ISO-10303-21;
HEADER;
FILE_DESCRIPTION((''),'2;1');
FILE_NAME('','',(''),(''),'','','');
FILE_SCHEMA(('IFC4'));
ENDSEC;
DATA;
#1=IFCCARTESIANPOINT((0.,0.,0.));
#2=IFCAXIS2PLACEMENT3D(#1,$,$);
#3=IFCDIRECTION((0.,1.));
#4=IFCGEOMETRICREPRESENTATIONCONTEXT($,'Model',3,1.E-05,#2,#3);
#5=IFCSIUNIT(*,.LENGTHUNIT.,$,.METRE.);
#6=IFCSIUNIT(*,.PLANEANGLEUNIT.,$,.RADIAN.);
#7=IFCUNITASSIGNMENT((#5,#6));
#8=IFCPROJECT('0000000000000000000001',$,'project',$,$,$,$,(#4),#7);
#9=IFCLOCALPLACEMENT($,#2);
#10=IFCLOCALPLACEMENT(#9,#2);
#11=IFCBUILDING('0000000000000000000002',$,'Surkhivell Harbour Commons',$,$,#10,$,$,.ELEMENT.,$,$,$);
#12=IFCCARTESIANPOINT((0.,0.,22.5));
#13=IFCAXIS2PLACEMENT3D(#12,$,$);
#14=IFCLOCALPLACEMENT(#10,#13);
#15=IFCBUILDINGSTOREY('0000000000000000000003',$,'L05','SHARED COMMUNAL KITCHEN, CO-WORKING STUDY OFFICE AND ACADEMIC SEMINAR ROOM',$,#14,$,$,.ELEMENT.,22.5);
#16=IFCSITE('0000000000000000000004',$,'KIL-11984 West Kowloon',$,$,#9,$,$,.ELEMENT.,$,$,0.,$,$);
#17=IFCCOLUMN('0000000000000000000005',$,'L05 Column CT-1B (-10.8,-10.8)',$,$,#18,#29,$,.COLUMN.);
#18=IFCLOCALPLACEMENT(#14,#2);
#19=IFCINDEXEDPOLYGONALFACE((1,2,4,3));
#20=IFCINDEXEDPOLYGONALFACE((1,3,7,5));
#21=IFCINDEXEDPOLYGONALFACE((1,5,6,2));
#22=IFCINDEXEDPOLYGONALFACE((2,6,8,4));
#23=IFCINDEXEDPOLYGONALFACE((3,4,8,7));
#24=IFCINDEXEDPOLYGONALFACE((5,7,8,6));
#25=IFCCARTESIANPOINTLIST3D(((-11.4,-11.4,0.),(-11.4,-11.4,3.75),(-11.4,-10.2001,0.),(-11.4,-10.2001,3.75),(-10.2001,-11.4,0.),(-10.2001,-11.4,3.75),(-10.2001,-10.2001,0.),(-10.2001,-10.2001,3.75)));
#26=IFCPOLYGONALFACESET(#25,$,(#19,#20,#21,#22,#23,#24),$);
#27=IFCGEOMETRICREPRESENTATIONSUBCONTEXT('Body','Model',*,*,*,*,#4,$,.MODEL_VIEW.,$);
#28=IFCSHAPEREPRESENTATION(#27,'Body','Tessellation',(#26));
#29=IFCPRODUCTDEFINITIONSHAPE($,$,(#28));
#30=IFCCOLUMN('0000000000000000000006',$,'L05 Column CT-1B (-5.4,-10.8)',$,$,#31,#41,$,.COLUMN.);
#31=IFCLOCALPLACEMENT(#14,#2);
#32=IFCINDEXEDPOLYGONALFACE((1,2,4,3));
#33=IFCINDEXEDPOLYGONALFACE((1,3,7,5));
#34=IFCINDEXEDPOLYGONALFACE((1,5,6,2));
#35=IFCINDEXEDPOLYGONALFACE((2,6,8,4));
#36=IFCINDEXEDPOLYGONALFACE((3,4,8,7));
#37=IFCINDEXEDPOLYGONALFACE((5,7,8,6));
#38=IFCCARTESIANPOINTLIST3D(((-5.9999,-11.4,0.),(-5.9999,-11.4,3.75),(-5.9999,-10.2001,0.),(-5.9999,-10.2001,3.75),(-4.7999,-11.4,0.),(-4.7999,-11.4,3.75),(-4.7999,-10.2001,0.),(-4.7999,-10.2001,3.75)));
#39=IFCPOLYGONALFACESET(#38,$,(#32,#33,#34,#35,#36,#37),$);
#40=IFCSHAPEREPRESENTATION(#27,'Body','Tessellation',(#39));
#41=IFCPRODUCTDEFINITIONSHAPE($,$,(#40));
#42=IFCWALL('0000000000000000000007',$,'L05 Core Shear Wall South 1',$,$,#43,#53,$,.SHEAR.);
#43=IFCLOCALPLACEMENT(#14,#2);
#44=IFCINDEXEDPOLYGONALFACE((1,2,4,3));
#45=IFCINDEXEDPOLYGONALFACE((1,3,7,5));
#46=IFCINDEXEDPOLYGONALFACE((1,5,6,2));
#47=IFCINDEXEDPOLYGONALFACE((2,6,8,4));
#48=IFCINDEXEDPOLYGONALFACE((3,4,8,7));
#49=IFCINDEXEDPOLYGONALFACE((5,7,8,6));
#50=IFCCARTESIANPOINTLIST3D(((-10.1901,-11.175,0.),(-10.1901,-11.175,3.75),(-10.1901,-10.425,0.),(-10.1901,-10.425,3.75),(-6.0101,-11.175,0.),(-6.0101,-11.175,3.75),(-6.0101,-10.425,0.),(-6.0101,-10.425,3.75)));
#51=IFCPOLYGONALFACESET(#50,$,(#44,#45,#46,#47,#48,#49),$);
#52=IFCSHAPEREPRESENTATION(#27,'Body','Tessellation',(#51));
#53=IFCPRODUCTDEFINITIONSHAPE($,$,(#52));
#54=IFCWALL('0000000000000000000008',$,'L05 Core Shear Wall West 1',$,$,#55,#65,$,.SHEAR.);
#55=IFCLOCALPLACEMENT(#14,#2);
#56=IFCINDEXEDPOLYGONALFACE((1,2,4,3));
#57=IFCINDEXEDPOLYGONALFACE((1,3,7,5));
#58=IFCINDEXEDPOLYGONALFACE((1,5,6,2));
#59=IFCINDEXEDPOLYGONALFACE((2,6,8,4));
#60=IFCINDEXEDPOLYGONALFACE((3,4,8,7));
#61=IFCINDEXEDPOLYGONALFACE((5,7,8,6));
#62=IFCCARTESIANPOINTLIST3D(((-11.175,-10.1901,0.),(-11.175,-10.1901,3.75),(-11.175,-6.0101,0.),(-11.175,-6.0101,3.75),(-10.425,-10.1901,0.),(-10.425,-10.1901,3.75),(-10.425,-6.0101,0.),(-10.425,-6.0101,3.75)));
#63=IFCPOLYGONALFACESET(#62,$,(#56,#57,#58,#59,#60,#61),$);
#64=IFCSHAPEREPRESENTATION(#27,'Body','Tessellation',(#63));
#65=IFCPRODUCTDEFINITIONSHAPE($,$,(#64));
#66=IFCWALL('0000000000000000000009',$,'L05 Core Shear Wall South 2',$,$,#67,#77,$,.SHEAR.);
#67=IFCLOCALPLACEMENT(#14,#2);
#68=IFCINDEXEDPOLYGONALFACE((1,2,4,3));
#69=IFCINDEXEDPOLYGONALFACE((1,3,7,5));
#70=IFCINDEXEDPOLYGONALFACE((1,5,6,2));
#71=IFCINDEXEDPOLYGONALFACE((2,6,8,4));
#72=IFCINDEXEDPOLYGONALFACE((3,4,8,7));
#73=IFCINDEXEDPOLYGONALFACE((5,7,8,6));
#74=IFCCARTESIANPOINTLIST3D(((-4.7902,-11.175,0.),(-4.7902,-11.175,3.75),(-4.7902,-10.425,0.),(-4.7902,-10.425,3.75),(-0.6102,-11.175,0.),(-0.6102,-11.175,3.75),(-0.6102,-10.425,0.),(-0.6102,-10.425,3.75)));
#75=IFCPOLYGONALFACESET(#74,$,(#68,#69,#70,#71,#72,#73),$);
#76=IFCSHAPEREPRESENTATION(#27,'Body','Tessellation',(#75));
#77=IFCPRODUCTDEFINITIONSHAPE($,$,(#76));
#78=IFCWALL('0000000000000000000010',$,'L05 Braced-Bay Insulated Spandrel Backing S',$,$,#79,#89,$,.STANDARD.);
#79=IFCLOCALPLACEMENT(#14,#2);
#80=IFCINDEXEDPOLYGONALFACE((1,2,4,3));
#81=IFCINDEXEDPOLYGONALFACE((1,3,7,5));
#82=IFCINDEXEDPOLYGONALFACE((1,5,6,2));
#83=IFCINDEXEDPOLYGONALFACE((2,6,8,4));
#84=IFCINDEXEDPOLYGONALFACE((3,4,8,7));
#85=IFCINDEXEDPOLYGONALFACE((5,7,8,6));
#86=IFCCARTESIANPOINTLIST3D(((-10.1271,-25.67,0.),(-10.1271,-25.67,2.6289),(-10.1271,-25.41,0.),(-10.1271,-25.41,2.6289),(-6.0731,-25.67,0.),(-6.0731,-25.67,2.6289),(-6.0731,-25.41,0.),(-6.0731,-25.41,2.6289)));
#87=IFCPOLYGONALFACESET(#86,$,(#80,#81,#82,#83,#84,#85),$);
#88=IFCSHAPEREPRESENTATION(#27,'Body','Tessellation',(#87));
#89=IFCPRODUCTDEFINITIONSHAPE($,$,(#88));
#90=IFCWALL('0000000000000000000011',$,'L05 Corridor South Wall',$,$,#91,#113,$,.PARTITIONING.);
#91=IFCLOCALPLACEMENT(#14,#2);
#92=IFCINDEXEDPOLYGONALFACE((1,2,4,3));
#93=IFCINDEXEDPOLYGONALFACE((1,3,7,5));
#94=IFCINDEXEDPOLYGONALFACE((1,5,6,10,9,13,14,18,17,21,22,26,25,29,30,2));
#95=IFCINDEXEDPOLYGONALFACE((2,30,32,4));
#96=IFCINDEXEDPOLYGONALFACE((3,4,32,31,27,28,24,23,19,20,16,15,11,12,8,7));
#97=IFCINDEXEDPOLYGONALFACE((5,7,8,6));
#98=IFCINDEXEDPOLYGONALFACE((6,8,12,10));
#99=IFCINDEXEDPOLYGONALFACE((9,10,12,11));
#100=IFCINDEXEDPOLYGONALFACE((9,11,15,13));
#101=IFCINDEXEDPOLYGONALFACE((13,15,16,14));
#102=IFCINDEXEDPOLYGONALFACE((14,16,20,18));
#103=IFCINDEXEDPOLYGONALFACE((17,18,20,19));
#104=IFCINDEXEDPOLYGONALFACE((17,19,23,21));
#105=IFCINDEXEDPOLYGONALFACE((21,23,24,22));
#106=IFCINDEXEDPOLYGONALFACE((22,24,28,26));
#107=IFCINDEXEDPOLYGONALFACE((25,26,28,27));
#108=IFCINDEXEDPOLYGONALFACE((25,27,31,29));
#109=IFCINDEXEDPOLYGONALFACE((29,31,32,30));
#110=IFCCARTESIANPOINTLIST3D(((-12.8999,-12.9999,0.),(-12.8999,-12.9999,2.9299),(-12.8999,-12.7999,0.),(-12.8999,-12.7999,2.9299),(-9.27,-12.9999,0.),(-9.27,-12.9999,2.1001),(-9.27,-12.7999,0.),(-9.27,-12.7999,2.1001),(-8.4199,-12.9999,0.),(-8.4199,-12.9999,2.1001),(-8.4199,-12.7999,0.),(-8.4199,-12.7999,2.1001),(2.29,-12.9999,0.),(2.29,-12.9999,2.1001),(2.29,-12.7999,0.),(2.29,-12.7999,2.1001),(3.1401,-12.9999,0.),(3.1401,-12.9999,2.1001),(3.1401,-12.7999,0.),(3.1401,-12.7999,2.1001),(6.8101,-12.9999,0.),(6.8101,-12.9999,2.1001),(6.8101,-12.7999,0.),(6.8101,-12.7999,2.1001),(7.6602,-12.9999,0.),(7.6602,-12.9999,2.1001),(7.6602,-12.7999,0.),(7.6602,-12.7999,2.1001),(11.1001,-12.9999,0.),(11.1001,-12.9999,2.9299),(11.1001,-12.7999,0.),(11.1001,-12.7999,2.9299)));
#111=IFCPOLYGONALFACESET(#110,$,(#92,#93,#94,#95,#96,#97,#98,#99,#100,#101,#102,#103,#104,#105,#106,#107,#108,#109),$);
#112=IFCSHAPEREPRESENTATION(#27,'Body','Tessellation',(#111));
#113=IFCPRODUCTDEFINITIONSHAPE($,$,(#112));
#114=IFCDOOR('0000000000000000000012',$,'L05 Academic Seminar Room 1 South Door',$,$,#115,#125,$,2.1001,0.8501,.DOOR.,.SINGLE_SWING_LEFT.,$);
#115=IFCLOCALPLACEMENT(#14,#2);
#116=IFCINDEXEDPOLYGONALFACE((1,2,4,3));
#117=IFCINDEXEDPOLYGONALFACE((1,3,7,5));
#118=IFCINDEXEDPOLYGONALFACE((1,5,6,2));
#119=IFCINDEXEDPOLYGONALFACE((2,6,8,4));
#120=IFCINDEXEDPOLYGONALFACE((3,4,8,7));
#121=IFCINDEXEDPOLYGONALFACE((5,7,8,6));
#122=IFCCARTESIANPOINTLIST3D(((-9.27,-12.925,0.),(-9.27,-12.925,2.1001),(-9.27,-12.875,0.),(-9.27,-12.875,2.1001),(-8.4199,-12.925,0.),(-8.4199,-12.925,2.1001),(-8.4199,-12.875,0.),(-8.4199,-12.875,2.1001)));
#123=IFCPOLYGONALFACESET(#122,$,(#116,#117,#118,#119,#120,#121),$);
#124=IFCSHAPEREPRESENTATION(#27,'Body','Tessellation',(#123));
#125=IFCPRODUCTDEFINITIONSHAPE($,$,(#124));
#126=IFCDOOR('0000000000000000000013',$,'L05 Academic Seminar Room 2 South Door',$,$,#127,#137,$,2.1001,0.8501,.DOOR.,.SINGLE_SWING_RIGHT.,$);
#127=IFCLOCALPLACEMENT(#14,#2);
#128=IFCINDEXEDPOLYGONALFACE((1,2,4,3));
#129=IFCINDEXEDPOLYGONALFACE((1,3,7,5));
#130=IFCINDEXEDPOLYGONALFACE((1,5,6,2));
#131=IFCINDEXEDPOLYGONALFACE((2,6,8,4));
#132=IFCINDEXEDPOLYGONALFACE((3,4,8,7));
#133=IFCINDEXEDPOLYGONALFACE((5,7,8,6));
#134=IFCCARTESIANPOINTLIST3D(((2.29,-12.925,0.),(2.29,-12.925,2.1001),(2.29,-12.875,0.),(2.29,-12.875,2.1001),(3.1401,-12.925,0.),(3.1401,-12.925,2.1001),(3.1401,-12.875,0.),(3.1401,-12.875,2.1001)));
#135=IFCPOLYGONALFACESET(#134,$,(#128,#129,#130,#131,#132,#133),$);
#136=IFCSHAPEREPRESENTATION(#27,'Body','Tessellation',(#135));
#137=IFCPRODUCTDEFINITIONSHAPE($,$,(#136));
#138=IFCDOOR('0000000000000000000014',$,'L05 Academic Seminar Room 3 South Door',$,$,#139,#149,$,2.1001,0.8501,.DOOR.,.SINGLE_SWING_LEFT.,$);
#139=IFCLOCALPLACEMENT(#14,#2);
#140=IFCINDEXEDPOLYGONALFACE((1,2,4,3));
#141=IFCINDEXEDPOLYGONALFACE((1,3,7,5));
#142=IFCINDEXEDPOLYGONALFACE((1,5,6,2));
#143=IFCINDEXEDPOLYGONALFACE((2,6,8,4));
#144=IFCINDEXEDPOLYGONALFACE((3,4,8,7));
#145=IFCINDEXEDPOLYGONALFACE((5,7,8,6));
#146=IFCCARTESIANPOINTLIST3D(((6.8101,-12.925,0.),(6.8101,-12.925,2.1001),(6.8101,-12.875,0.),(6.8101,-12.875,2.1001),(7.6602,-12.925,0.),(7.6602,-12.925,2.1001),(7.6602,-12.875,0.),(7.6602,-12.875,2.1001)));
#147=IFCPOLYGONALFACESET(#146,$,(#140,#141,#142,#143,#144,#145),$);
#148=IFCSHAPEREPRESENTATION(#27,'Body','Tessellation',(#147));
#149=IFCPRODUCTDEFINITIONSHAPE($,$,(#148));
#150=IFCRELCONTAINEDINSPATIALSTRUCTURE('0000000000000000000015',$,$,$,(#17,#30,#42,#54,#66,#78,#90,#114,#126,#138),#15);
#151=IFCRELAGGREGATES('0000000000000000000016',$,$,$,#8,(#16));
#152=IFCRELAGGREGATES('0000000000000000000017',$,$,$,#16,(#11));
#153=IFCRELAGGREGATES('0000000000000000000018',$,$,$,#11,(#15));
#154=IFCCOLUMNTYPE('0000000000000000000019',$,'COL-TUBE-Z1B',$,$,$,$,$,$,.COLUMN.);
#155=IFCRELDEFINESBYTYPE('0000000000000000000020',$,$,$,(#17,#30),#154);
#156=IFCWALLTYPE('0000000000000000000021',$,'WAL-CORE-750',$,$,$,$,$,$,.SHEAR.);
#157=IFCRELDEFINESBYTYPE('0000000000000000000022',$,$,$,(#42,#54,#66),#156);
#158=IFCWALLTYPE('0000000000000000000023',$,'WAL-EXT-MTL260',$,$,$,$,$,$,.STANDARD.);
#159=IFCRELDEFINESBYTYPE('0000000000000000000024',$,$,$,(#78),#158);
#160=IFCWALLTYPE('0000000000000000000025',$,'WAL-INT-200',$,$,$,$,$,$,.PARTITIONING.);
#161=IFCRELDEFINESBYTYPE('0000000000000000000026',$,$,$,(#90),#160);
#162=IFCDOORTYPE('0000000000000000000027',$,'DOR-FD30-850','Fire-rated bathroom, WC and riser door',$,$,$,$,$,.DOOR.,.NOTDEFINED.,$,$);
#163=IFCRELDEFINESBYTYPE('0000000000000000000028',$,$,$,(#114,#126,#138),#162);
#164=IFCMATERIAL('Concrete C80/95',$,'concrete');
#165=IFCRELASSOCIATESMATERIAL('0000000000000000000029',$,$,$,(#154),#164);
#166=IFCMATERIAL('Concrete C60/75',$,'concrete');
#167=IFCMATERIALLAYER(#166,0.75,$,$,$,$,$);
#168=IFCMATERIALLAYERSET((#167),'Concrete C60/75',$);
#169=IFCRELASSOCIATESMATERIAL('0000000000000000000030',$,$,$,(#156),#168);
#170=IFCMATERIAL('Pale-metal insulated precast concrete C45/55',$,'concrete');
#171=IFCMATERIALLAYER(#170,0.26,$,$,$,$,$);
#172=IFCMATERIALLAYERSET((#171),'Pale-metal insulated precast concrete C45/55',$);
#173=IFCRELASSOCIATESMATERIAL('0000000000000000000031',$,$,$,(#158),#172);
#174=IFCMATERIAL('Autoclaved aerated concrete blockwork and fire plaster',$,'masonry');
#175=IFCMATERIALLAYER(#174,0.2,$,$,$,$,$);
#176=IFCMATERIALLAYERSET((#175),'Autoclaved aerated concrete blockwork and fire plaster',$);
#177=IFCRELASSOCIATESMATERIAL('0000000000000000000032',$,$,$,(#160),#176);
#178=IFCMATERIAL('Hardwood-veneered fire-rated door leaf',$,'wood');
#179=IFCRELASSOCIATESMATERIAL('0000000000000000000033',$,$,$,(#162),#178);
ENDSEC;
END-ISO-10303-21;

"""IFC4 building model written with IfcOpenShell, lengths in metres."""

from ifc_helpers import new_model, si_unit, direction, frame, frame_2d, origin, origin_2d, place, context, subcontext, project, spatial, rectangle, extrude, material, layer, layer_set, material_profile, profile_set, type_object, element, fill, save


model = new_model("IFC4")

# Units and contexts
model_context = context("Model", 3, precision=1e-05, world=origin(), true_north=direction((0.0, 1.0)))
body_context = subcontext(model_context, "Body", "Model", "MODEL_VIEW")
ifc_project = project(units=[si_unit("LENGTHUNIT", "METRE"), si_unit("PLANEANGLEUNIT", "RADIAN")], contexts=[model_context])

# Site, building, storey
site_placement = place(None, origin())
site = spatial("IfcSite", under=ifc_project, at=site_placement, Name="KIL-11984 West Kowloon", CompositionType="ELEMENT", RefElevation=0.0)
building_placement = place(site_placement, origin())
building = spatial("IfcBuilding", under=site, at=building_placement, Name="Surkhivell Harbour Commons", CompositionType="ELEMENT")
storey_placement = place(building_placement, frame((0.0, 0.0, 22.5)))
storey = spatial("IfcBuildingStorey", under=building, at=storey_placement, Name="L05", Description="SHARED COMMUNAL KITCHEN, CO-WORKING STUDY OFFICE AND ACADEMIC SEMINAR ROOM", CompositionType="ELEMENT", Elevation=22.5)

# Columns
ifc_material_1 = material(Name="Concrete C80/95", Category="concrete")
ifc_material_profile = material_profile(ifc_material_1, rectangle(XDim=1.2, YDim=1.2, at=origin_2d()), Name="RC-COL-1200x1200")
ifc_profile_set = profile_set([ifc_material_profile], Name="Concrete C80/95")
column_type = type_object("IfcColumnType", Name="COL-TUBE-Z1B", PredefinedType="COLUMN", material=ifc_profile_set)
for number, where, z_axis, x_axis, name in (
    (1, (-10.8, -10.8, 0.0), (0.0, 0.0, 1.0), (1.0, 0.0, 0.0), "L05 Column CT-1B (-10.8,-10.8)"),
    (2, (-5.3999, -10.8, 0.0), (0.0, 0.0, 1.0), (1.0, 0.0, 0.0), "L05 Column CT-1B (-5.4,-10.8)"),
):
    element("IfcColumn", number, at=place(storey_placement, frame(where, z_axis=z_axis, x_axis=x_axis)), inside=storey, type_object=column_type, Name=name, PredefinedType="COLUMN", context=body_context, shape_type="SweptSolid", body=[
        extrude(rectangle(XDim=1.2, YDim=1.2, at=origin_2d()), origin(), (0.0, 0.0, 1.0), 3.75),
    ])

# Walls
ifc_material_2 = material(Name="Concrete C60/75", Category="concrete")
ifc_layer_1 = layer(ifc_material_2, 0.75)
ifc_layer_set_1 = layer_set([ifc_layer_1], Name="Concrete C60/75")
wall_type_1 = type_object("IfcWallType", Name="WAL-CORE-750", PredefinedType="SHEAR", material=ifc_layer_set_1)
for number, where, z_axis, x_axis, name in (
    (3, (-10.1899, -10.8, 0.0), (0.0, 0.0, 1.0), (1.0, 0.0, 0.0), "L05 Core Shear Wall South 1"),
    (4, (-10.8, -10.1899, 0.0), (0.0, 0.0, 1.0), (0.0, 1.0, 0.0), "L05 Core Shear Wall West 1"),
    (5, (-4.79, -10.8, 0.0), (0.0, 0.0, 1.0), (1.0, 0.0, 0.0), "L05 Core Shear Wall South 2"),
):
    element("IfcWall", number, at=place(storey_placement, frame(where, z_axis=z_axis, x_axis=x_axis)), inside=storey, type_object=wall_type_1, Name=name, PredefinedType="SHEAR", context=body_context, shape_type="SweptSolid", body=[
        extrude(rectangle(XDim=4.1799, YDim=0.75, at=frame_2d((2.0898, 0.0))), origin(), (0.0, 0.0, 1.0), 3.75),
    ])
ifc_material_3 = material(Name="Pale-metal insulated precast concrete C45/55", Category="concrete")
ifc_layer_2 = layer(ifc_material_3, 0.26)
ifc_layer_set_2 = layer_set([ifc_layer_2], Name="Pale-metal insulated precast concrete C45/55")
wall_type_2 = type_object("IfcWallType", Name="WAL-EXT-MTL260", PredefinedType="STANDARD", material=ifc_layer_set_2)
wall_1_placement = place(storey_placement, frame((-10.127, -25.54, 0.0), z_axis=(0.0, 0.0, 1.0), x_axis=(1.0, 0.0, 0.0)))
element("IfcWall", 6, at=wall_1_placement, inside=storey, type_object=wall_type_2, Name="L05 Braced-Bay Insulated Spandrel Backing S", PredefinedType="STANDARD", context=body_context, shape_type="SweptSolid", body=[
    extrude(rectangle(XDim=4.054, YDim=0.26, at=frame_2d((2.0269, 0.0))), origin(), (0.0, 0.0, 1.0), 2.6289),
])

# Wall, openings, doors
ifc_material_4 = material(Name="Autoclaved aerated concrete blockwork and fire plaster", Category="masonry")
ifc_layer_3 = layer(ifc_material_4, 0.2)
ifc_layer_set_3 = layer_set([ifc_layer_3], Name="Autoclaved aerated concrete blockwork and fire plaster")
wall_type_3 = type_object("IfcWallType", Name="WAL-INT-200", PredefinedType="PARTITIONING", material=ifc_layer_set_3)
wall_2_placement = place(storey_placement, frame((-12.8999, -12.8999, 0.0), z_axis=(0.0, 0.0, 1.0), x_axis=(1.0, 0.0, 0.0)))
wall_2 = element("IfcWall", 7, at=wall_2_placement, inside=storey, type_object=wall_type_3, Name="L05 Corridor South Wall", PredefinedType="PARTITIONING", context=body_context, shape_type="SweptSolid", body=[
    extrude(rectangle(XDim=24.0, YDim=0.2, at=frame_2d((12.0, 0.0))), origin(), (0.0, 0.0, 1.0), 2.9299),
])
opening_1_placement = place(wall_2_placement, frame((3.6299, 0.0, 0.0)))
opening_1 = element("IfcOpeningElement", 8, at=opening_1_placement, cuts=wall_2, PredefinedType="OPENING", context=body_context, shape_type="SweptSolid", body=[
    extrude(rectangle(XDim=0.8501, YDim=2.1001, at=frame_2d((0.425, 1.05))), frame((0.0, 0.1099, 0.0), z_axis=(0.0, -1.0, 0.0), x_axis=(1.0, 0.0, 0.0)), (0.0, 0.0, 1.0), 0.22),
])
opening_2_placement = place(wall_2_placement, frame((15.1899, 0.0, 0.0)))
opening_2 = element("IfcOpeningElement", 9, at=opening_2_placement, cuts=wall_2, PredefinedType="OPENING", context=body_context, shape_type="SweptSolid", body=[
    extrude(rectangle(XDim=0.8501, YDim=2.1001, at=frame_2d((0.425, 1.05))), frame((0.0, 0.1099, 0.0), z_axis=(0.0, -1.0, 0.0), x_axis=(1.0, 0.0, 0.0)), (0.0, 0.0, 1.0), 0.22),
])
opening_3_placement = place(wall_2_placement, frame((19.71, 0.0, 0.0)))
opening_3 = element("IfcOpeningElement", 10, at=opening_3_placement, cuts=wall_2, PredefinedType="OPENING", context=body_context, shape_type="SweptSolid", body=[
    extrude(rectangle(XDim=0.8501, YDim=2.1001, at=frame_2d((0.425, 1.05))), frame((0.0, 0.1099, 0.0), z_axis=(0.0, -1.0, 0.0), x_axis=(1.0, 0.0, 0.0)), (0.0, 0.0, 1.0), 0.22),
])
ifc_material_5 = material(Name="Hardwood-veneered fire-rated door leaf", Category="wood")
door_type_1 = type_object("IfcDoorType", Name="DOR-FD30-850", Description="Fire-rated bathroom, WC and riser door", OperationType="NOTDEFINED", PredefinedType="DOOR", material=ifc_material_5)
door_1_placement = place(opening_1_placement, origin())
door_1 = element("IfcDoor", 11, at=door_1_placement, inside=storey, type_object=door_type_1, Name="L05 Academic Seminar Room 1 South Door", OperationType="SINGLE_SWING_LEFT", OverallHeight=2.1001, OverallWidth=0.8501, PredefinedType="DOOR", context=body_context, shape_type="SweptSolid", body=[
    extrude(rectangle(XDim=0.8501, YDim=2.1001, at=frame_2d((0.425, 1.05))), frame((0.0, 0.0249, 0.0), z_axis=(0.0, -1.0, 0.0), x_axis=(1.0, 0.0, 0.0)), (0.0, 0.0, 1.0), 0.05),
])
fill(opening_1, door_1)
door_2_placement = place(opening_2_placement, origin())
door_2 = element("IfcDoor", 12, at=door_2_placement, inside=storey, type_object=door_type_1, Name="L05 Academic Seminar Room 2 South Door", OperationType="SINGLE_SWING_RIGHT", OverallHeight=2.1001, OverallWidth=0.8501, PredefinedType="DOOR", context=body_context, shape_type="SweptSolid", body=[
    extrude(rectangle(XDim=0.8501, YDim=2.1001, at=frame_2d((0.425, 1.05))), frame((0.0, 0.0249, 0.0), z_axis=(0.0, -1.0, 0.0), x_axis=(1.0, 0.0, 0.0)), (0.0, 0.0, 1.0), 0.05),
])
fill(opening_2, door_2)
door_3_placement = place(opening_3_placement, origin())
door_3 = element("IfcDoor", 13, at=door_3_placement, inside=storey, type_object=door_type_1, Name="L05 Academic Seminar Room 3 South Door", OperationType="SINGLE_SWING_LEFT", OverallHeight=2.1001, OverallWidth=0.8501, PredefinedType="DOOR", context=body_context, shape_type="SweptSolid", body=[
    extrude(rectangle(XDim=0.8501, YDim=2.1001, at=frame_2d((0.425, 1.05))), frame((0.0, 0.0249, 0.0), z_axis=(0.0, -1.0, 0.0), x_axis=(1.0, 0.0, 0.0)), (0.0, 0.0, 1.0), 0.05),
])
fill(opening_3, door_3)

save(model, "model.ifc")
